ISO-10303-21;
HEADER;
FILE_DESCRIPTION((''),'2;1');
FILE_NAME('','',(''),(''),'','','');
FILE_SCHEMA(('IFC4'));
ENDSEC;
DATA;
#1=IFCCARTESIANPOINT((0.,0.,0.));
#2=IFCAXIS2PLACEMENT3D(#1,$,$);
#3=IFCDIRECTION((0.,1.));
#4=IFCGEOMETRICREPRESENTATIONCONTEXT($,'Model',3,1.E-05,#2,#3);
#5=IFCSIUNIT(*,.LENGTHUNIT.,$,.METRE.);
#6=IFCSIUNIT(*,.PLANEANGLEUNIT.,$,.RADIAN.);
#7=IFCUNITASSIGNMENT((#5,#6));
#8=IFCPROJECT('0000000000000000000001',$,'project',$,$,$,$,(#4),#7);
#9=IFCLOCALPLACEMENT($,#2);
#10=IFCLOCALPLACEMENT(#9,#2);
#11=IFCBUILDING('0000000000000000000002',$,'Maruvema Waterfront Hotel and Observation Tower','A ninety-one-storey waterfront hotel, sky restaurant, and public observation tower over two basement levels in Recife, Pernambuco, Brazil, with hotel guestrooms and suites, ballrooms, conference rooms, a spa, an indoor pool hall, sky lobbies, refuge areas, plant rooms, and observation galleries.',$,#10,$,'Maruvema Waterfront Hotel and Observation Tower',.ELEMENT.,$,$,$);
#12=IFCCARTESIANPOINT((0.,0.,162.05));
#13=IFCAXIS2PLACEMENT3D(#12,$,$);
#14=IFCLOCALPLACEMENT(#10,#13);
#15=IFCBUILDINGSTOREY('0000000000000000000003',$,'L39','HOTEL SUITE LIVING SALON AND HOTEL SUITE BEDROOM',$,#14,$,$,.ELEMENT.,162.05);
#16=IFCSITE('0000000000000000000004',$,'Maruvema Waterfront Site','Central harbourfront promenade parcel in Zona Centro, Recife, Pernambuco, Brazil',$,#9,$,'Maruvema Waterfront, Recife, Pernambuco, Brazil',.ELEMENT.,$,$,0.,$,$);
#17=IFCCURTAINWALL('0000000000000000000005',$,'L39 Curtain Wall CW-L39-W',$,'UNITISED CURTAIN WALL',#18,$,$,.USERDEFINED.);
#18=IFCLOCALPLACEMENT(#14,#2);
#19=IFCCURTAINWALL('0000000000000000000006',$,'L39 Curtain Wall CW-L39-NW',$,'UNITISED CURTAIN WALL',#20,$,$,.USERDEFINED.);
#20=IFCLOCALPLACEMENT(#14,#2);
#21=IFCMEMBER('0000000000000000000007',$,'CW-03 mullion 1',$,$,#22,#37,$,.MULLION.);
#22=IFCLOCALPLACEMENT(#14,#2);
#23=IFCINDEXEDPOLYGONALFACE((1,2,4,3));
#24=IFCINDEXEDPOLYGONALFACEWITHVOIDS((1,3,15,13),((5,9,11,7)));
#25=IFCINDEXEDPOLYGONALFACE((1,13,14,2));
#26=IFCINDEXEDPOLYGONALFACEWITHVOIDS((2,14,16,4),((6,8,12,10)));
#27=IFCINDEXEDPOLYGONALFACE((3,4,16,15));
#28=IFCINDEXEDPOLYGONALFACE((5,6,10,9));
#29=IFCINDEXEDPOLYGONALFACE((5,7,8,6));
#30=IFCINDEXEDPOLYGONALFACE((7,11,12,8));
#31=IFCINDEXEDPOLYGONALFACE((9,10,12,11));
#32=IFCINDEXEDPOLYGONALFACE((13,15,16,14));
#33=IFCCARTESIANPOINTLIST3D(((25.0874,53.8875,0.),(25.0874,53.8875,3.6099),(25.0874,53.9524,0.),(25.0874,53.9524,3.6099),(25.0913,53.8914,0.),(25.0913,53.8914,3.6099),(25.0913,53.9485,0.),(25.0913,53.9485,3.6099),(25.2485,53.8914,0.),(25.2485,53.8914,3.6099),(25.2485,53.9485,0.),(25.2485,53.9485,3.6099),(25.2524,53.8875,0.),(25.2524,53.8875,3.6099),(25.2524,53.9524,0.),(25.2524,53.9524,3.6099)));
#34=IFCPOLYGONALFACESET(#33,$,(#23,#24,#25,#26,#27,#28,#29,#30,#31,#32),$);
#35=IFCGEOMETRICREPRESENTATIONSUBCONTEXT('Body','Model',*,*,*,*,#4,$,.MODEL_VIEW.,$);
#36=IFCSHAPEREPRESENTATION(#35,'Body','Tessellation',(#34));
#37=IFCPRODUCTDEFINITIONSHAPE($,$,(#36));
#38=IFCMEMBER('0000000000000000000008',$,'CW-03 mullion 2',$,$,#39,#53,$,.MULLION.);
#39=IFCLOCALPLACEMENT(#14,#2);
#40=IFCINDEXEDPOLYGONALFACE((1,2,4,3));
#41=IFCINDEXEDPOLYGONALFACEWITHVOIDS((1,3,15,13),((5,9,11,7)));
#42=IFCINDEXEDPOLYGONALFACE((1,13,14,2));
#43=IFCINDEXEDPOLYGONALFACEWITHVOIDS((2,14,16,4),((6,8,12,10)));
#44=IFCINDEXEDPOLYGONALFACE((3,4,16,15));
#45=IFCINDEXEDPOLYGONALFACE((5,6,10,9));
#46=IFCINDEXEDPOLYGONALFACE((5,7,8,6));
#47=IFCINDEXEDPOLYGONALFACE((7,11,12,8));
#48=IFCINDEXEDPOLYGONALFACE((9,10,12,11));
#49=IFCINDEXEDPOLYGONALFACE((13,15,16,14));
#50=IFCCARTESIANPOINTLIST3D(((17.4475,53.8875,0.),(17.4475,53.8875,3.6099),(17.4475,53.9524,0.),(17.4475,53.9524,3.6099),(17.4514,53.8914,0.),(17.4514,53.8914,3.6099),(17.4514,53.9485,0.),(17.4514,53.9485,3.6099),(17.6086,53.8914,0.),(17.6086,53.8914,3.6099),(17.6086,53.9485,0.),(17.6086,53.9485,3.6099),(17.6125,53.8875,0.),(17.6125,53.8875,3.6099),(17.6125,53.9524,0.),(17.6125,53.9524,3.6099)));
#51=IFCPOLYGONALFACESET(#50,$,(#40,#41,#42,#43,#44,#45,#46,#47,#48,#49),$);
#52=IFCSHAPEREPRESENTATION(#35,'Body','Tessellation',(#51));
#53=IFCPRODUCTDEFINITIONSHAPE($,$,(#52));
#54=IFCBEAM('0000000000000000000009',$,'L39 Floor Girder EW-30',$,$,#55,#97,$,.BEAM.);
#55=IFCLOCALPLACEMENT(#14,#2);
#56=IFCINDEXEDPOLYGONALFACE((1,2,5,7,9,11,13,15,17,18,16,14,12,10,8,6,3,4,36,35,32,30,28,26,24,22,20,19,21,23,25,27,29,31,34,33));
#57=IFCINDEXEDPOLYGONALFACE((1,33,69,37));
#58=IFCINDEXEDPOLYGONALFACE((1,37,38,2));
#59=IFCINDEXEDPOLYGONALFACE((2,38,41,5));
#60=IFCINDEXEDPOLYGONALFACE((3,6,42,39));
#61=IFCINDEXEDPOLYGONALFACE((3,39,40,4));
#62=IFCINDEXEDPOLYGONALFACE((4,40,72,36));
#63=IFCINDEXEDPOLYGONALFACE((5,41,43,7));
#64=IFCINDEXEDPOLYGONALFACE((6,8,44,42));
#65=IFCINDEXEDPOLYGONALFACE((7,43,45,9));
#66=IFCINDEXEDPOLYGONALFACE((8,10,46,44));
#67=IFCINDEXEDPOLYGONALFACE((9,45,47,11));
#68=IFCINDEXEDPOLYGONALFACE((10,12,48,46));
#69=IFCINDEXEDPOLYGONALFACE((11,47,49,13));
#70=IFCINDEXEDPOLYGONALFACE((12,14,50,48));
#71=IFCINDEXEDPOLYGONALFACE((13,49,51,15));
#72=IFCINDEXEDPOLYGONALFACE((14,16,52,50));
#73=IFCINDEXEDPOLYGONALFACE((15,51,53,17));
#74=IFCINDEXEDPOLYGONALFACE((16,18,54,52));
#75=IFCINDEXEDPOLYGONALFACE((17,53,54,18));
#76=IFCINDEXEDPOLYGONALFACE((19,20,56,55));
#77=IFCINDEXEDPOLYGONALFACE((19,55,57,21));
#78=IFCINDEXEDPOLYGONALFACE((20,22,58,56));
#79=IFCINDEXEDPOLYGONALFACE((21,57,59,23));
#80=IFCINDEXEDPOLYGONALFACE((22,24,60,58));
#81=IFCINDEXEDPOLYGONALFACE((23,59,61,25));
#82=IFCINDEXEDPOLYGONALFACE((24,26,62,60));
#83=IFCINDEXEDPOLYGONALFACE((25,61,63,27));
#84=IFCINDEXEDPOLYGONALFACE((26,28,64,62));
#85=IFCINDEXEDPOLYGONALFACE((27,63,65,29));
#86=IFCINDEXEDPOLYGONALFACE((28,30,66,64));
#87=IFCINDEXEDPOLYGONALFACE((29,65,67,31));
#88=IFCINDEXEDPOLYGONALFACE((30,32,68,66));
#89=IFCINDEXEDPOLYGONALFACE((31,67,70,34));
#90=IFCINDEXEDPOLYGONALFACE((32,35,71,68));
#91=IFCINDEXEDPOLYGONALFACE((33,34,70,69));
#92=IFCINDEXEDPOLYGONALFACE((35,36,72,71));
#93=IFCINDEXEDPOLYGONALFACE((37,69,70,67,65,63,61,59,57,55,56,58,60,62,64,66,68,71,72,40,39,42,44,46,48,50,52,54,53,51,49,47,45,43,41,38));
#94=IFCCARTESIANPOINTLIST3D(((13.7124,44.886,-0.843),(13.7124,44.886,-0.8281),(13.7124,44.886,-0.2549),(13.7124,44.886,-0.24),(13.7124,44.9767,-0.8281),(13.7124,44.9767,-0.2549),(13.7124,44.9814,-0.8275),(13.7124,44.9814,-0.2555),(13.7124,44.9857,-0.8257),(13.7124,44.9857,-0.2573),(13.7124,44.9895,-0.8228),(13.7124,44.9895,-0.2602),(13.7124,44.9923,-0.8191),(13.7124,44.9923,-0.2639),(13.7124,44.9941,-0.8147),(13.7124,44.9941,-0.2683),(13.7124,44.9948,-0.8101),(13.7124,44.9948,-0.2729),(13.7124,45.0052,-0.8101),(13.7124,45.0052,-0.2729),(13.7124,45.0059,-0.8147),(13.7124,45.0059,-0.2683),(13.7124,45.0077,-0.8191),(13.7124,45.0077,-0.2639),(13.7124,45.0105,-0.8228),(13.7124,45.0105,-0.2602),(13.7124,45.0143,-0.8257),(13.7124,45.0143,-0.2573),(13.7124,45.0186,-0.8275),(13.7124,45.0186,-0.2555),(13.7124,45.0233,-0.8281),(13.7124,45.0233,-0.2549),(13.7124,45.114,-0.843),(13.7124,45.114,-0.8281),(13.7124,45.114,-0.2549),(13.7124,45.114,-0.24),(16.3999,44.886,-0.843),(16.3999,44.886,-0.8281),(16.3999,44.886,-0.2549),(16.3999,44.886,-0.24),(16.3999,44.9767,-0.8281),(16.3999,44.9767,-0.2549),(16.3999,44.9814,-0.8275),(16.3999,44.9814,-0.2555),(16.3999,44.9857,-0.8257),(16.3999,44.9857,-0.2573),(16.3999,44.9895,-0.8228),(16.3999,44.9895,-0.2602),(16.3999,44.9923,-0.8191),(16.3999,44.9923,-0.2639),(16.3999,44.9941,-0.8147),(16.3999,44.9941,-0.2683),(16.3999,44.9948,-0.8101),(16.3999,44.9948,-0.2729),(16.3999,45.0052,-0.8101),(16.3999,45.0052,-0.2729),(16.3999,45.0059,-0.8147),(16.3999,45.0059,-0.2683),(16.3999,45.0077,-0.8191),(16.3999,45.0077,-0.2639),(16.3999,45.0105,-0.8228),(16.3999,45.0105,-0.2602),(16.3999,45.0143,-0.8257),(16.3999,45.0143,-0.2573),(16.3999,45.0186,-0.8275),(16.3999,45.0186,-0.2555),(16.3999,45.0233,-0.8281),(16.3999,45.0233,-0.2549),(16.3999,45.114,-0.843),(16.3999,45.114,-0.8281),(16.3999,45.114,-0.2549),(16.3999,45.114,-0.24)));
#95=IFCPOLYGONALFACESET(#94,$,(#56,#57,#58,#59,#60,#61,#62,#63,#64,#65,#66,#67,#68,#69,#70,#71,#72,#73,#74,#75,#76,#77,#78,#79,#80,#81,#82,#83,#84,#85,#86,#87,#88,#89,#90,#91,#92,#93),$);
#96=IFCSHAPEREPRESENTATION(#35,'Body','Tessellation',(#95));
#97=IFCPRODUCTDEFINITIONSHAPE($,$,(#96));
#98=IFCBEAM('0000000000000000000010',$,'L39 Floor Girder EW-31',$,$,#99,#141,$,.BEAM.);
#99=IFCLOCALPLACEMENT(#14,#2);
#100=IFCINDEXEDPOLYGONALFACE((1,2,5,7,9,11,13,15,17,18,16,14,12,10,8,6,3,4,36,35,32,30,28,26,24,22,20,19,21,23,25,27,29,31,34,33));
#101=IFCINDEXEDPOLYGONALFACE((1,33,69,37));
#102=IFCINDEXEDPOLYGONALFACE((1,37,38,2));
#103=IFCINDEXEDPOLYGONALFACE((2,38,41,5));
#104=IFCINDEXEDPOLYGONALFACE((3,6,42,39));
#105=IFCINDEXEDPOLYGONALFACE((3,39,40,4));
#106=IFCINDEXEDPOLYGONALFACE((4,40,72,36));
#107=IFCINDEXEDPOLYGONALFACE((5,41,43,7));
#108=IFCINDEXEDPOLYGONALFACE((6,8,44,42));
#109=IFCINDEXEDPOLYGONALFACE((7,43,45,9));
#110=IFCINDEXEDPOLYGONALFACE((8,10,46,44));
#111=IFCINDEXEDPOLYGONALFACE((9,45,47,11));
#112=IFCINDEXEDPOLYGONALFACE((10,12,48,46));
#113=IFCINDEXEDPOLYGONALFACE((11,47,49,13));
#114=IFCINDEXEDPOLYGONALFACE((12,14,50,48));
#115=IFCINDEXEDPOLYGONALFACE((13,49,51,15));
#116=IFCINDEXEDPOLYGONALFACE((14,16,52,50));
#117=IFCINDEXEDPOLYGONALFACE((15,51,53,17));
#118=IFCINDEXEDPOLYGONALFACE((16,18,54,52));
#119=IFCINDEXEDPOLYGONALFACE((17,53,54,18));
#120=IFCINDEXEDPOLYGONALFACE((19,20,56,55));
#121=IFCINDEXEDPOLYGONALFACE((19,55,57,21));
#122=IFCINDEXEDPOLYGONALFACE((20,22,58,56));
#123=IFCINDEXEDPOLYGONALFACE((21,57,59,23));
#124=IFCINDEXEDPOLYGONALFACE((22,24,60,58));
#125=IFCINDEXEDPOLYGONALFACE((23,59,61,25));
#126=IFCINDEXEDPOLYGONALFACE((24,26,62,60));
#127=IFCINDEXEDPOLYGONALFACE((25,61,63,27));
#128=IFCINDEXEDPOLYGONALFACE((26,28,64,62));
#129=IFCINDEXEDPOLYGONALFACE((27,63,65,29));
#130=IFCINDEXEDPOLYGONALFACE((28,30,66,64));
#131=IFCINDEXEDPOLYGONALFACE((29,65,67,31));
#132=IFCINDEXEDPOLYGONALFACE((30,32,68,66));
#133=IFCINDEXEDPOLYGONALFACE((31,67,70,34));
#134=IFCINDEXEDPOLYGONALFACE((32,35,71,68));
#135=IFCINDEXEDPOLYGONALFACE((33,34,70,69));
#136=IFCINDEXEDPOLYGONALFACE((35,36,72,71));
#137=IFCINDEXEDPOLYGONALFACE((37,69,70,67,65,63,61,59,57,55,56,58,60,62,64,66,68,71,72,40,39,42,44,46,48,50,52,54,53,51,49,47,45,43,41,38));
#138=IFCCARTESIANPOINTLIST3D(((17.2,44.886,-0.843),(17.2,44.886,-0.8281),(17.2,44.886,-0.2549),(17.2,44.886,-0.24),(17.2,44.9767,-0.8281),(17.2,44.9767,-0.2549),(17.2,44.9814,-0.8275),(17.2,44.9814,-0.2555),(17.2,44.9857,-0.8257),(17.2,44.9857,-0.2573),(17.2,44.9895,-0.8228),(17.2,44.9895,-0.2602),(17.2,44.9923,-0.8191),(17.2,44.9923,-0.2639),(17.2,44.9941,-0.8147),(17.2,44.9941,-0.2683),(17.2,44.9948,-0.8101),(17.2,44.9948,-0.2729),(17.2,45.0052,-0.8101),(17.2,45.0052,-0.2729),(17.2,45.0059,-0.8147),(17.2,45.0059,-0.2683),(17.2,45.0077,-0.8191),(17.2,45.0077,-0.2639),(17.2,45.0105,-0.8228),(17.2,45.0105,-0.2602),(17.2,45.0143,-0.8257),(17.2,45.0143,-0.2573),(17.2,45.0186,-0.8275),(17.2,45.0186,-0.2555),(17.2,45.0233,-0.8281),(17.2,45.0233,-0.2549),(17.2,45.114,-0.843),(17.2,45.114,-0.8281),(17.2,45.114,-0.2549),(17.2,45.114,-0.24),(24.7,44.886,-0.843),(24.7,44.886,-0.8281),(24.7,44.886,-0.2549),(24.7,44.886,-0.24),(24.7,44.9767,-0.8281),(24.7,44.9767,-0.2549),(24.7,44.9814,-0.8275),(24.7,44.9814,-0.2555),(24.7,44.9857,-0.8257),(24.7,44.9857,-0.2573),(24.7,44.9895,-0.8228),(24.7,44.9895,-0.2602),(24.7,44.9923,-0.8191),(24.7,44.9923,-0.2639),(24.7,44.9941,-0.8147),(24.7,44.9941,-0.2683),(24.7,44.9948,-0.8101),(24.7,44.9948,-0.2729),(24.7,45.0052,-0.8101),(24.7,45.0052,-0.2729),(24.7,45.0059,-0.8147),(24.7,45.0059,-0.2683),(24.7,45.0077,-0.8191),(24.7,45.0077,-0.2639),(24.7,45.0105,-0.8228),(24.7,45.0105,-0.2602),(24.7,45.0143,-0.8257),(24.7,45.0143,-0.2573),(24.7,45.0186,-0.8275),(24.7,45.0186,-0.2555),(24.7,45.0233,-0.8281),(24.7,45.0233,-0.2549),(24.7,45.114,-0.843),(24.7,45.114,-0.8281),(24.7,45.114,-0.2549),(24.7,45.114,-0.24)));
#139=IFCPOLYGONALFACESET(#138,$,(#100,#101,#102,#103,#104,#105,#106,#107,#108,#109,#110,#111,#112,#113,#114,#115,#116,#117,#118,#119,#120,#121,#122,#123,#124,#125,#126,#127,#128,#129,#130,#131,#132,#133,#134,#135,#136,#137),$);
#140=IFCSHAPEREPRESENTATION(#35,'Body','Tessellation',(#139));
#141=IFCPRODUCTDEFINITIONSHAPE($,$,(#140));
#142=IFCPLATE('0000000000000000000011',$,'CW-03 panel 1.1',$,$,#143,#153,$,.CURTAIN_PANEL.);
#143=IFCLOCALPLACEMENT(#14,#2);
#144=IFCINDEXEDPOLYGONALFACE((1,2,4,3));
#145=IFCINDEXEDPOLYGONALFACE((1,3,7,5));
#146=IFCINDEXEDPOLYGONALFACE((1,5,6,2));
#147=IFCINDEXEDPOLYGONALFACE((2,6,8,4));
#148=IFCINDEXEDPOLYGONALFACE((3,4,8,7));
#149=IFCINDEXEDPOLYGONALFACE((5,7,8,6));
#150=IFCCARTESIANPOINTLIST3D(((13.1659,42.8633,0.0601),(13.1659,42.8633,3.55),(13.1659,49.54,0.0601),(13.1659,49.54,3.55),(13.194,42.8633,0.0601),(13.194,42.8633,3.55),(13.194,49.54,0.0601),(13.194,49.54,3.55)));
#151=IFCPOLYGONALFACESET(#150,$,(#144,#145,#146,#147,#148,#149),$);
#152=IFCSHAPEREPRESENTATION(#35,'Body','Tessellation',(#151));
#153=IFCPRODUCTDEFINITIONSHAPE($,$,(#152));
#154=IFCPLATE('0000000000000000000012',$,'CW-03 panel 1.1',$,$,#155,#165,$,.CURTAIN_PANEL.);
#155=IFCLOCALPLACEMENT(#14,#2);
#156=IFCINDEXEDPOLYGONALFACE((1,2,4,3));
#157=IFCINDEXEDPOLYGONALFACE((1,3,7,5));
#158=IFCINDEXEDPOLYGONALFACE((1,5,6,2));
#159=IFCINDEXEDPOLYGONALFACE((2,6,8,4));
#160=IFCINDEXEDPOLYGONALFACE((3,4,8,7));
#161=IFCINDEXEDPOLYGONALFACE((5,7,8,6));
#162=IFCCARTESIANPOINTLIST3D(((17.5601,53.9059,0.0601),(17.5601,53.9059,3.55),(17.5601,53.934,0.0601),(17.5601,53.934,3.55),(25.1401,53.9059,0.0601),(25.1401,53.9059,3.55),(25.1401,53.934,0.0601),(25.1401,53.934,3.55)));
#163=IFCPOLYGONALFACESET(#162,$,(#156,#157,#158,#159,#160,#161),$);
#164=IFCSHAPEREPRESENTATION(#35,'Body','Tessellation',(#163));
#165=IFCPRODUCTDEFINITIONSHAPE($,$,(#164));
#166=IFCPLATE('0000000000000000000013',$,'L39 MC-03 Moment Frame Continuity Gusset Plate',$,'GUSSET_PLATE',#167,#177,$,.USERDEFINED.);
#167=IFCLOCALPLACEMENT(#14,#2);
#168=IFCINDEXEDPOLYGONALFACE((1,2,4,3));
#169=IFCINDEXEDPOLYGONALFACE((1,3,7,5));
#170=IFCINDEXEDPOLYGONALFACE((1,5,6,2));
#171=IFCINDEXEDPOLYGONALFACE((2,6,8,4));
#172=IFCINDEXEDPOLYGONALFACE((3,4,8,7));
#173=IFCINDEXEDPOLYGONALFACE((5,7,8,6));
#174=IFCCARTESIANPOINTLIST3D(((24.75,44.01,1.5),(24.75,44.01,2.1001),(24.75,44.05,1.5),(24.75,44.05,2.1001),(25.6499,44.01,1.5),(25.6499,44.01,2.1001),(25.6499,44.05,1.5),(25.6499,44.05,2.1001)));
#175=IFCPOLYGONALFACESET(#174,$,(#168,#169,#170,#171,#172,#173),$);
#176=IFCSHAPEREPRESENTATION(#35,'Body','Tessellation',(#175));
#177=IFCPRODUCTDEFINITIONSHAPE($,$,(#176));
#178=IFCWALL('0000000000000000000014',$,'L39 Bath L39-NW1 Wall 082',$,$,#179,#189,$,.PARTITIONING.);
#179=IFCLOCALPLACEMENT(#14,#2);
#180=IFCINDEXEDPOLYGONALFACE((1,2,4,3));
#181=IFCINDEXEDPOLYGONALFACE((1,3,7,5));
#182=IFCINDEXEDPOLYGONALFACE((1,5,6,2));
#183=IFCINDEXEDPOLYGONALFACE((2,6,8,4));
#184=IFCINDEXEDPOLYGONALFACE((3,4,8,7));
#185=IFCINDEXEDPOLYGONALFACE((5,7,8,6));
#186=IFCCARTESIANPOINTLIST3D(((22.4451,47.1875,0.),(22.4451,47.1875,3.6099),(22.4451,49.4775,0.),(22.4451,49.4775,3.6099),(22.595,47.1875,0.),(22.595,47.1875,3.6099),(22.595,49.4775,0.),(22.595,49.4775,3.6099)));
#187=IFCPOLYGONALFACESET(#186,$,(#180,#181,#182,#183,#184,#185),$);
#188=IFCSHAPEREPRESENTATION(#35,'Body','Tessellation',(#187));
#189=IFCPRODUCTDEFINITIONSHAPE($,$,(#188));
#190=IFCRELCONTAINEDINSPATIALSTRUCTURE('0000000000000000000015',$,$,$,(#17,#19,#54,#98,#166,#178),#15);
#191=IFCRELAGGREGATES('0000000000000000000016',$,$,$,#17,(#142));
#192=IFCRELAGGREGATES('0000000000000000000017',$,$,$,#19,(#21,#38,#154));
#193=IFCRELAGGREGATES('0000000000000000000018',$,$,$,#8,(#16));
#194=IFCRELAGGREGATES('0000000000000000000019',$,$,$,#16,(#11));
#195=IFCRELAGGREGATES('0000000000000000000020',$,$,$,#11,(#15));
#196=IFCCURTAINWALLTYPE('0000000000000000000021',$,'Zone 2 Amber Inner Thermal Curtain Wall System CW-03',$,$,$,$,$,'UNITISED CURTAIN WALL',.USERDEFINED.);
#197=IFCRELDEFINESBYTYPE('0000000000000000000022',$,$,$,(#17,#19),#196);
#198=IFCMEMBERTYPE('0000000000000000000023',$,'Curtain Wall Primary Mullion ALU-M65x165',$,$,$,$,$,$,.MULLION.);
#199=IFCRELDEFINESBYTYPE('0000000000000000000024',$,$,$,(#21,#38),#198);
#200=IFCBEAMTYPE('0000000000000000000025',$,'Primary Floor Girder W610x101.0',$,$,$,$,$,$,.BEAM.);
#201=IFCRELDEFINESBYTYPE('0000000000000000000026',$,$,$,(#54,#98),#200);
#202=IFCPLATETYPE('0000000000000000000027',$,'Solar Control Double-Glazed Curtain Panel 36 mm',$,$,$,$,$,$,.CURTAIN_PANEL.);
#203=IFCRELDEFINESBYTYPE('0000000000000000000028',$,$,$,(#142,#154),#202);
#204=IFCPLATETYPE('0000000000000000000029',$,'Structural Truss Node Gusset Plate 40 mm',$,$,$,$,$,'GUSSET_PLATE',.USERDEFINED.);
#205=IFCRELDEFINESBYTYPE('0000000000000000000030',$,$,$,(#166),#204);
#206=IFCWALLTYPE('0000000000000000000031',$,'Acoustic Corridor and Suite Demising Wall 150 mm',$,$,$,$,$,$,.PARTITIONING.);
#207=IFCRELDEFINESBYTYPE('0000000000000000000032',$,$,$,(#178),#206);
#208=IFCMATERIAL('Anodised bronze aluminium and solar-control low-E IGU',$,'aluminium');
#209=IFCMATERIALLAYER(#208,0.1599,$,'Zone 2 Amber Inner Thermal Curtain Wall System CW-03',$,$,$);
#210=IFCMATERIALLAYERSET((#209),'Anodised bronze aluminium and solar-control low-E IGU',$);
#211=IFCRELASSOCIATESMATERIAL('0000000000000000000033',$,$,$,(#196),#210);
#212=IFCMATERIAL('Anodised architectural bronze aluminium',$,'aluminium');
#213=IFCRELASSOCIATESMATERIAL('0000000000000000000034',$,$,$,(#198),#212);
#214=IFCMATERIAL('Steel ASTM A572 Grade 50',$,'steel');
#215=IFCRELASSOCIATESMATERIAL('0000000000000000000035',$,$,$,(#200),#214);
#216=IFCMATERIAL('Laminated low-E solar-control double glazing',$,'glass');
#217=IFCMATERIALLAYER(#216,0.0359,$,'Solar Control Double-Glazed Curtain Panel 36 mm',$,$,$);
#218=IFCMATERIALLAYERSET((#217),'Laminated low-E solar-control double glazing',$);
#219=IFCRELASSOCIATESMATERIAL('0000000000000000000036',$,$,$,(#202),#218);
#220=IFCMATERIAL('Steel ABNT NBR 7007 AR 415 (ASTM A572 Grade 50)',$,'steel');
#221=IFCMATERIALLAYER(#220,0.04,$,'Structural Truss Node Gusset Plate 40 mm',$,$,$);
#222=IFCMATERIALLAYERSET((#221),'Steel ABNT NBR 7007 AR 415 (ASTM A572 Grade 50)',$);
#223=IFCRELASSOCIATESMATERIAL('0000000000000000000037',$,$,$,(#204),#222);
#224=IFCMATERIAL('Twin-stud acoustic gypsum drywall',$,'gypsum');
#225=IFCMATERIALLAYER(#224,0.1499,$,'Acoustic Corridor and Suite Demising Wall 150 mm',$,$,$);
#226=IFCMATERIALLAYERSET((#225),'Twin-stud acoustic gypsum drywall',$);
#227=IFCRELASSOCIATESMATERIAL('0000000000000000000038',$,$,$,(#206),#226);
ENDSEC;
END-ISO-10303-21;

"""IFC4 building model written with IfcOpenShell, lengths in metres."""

from ifc_helpers import new_model, si_unit, direction, frame, frame_2d, origin, origin_2d, place, context, subcontext, project, spatial, rectangle, hollow_rectangle, i_section, extrude, material, layer, layer_set, material_profile, profile_set, type_object, element, aggregate, save


model = new_model("IFC4")

# Units and contexts
model_context = context("Model", 3, precision=1e-05, world=origin(), true_north=direction((0.0, 1.0)))
body_context = subcontext(model_context, "Body", "Model", "MODEL_VIEW")
ifc_project = project(units=[si_unit("LENGTHUNIT", "METRE"), si_unit("PLANEANGLEUNIT", "RADIAN")], contexts=[model_context])

# Site, building, storey
site_placement = place(None, origin())
site = spatial("IfcSite", under=ifc_project, at=site_placement, Name="Maruvema Waterfront Site", Description="Central harbourfront promenade parcel in Zona Centro, Recife, Pernambuco, Brazil", LongName="Maruvema Waterfront, Recife, Pernambuco, Brazil", CompositionType="ELEMENT", RefElevation=0.0)
building_placement = place(site_placement, origin())
building = spatial("IfcBuilding", under=site, at=building_placement, Name="Maruvema Waterfront Hotel and Observation Tower", Description="A ninety-one-storey waterfront hotel, sky restaurant, and public observation tower over two basement levels in Recife, Pernambuco, Brazil, with hotel guestrooms and suites, ballrooms, conference rooms, a spa, an indoor pool hall, sky lobbies, refuge areas, plant rooms, and observation galleries.", LongName="Maruvema Waterfront Hotel and Observation Tower", CompositionType="ELEMENT")
storey_placement = place(building_placement, frame((0.0, 0.0, 162.05)))
storey = spatial("IfcBuildingStorey", under=building, at=storey_placement, Name="L39", Description="HOTEL SUITE LIVING SALON AND HOTEL SUITE BEDROOM", CompositionType="ELEMENT", Elevation=162.05)

# Curtain walls
ifc_material_1 = material(Name="Anodised bronze aluminium and solar-control low-E IGU", Category="aluminium")
ifc_layer_1 = layer(ifc_material_1, 0.1599, Name="Zone 2 Amber Inner Thermal Curtain Wall System CW-03")
ifc_layer_set_1 = layer_set([ifc_layer_1], Name="Anodised bronze aluminium and solar-control low-E IGU")
curtain_wall_type = type_object("IfcCurtainWallType", Name="Zone 2 Amber Inner Thermal Curtain Wall System CW-03", ElementType="UNITISED CURTAIN WALL", PredefinedType="USERDEFINED", material=ifc_layer_set_1)
curtain_wall_1_placement = place(storey_placement, origin())
curtain_wall_1 = element("IfcCurtainWall", 1, at=curtain_wall_1_placement, inside=storey, type_object=curtain_wall_type, Name="L39 Curtain Wall CW-L39-W", ObjectType="UNITISED CURTAIN WALL", PredefinedType="USERDEFINED")
curtain_wall_2_placement = place(storey_placement, origin())
curtain_wall_2 = element("IfcCurtainWall", 2, at=curtain_wall_2_placement, inside=storey, type_object=curtain_wall_type, Name="L39 Curtain Wall CW-L39-NW", ObjectType="UNITISED CURTAIN WALL", PredefinedType="USERDEFINED")

# Members
ifc_material_2 = material(Name="Anodised architectural bronze aluminium", Category="aluminium")
ifc_material_profile_1 = material_profile(ifc_material_2, hollow_rectangle(XDim=0.0649, YDim=0.165, WallThickness=0.0039, at=origin_2d()), Name="ALU-M65x165")
ifc_profile_set_1 = profile_set([ifc_material_profile_1], Name="Anodised architectural bronze aluminium")
member_type_1 = type_object("IfcMemberType", Name="Curtain Wall Primary Mullion ALU-M65x165", PredefinedType="MULLION", material=ifc_profile_set_1)
member_1_placement = place(storey_placement, frame((25.1699, 53.9199, 0.0), z_axis=(0.0, 0.0, 1.0), x_axis=(0.0, -1.0, 0.0)))
member_1 = element("IfcMember", 3, at=member_1_placement, type_object=member_type_1, Name="CW-03 mullion 1", PredefinedType="MULLION", context=body_context, shape_type="SweptSolid", body=[
    extrude(hollow_rectangle(XDim=0.0649, YDim=0.165, WallThickness=0.0039, at=origin_2d()), origin(), (0.0, 0.0, 1.0), 3.6099),
])
member_2_placement = place(storey_placement, frame((17.53, 53.9199, 0.0), z_axis=(0.0, 0.0, 1.0), x_axis=(0.0, -1.0, 0.0)))
member_2 = element("IfcMember", 4, at=member_2_placement, type_object=member_type_1, Name="CW-03 mullion 2", PredefinedType="MULLION", context=body_context, shape_type="SweptSolid", body=[
    extrude(hollow_rectangle(XDim=0.0649, YDim=0.165, WallThickness=0.0039, at=origin_2d()), origin(), (0.0, 0.0, 1.0), 3.6099),
])

# Beams
ifc_material_3 = material(Name="Steel ASTM A572 Grade 50", Category="steel")
ifc_material_profile_2 = material_profile(ifc_material_3, i_section(OverallWidth=0.228, OverallDepth=0.603, WebThickness=0.0105, FlangeThickness=0.0149, FilletRadius=0.0181, at=origin_2d()), Name="W610x101.0")
ifc_profile_set_2 = profile_set([ifc_material_profile_2], Name="Steel ASTM A572 Grade 50")
beam_type = type_object("IfcBeamType", Name="Primary Floor Girder W610x101.0", PredefinedType="BEAM", material=ifc_profile_set_2)
beam_1_placement = place(storey_placement, frame((13.7124, 45.0, -0.5415), z_axis=(1.0, 0.0, 0.0), x_axis=(0.0, 1.0, 0.0)))
element("IfcBeam", 5, at=beam_1_placement, inside=storey, type_object=beam_type, Name="L39 Floor Girder EW-30", PredefinedType="BEAM", context=body_context, shape_type="SweptSolid", body=[
    extrude(i_section(OverallWidth=0.228, OverallDepth=0.603, WebThickness=0.0105, FlangeThickness=0.0149, FilletRadius=0.0181, at=origin_2d()), origin(), (0.0, 0.0, 1.0), 2.6875),
])
beam_2_placement = place(storey_placement, frame((17.2, 45.0, -0.5415), z_axis=(1.0, 0.0, 0.0), x_axis=(0.0, 1.0, 0.0)))
element("IfcBeam", 6, at=beam_2_placement, inside=storey, type_object=beam_type, Name="L39 Floor Girder EW-31", PredefinedType="BEAM", context=body_context, shape_type="SweptSolid", body=[
    extrude(i_section(OverallWidth=0.228, OverallDepth=0.603, WebThickness=0.0105, FlangeThickness=0.0149, FilletRadius=0.0181, at=origin_2d()), origin(), (0.0, 0.0, 1.0), 7.5),
])

# Plates
ifc_material_4 = material(Name="Laminated low-E solar-control double glazing", Category="glass")
ifc_layer_2 = layer(ifc_material_4, 0.0359, Name="Solar Control Double-Glazed Curtain Panel 36 mm")
ifc_layer_set_2 = layer_set([ifc_layer_2], Name="Laminated low-E solar-control double glazing")
plate_type_1 = type_object("IfcPlateType", Name="Solar Control Double-Glazed Curtain Panel 36 mm", PredefinedType="CURTAIN_PANEL", material=ifc_layer_set_2)
plate_1_placement = place(storey_placement, frame((13.1799, 46.2017, 0.0601), z_axis=(0.0, 0.0, 1.0), x_axis=(0.0, -1.0, 0.0)))
plate_1 = element("IfcPlate", 7, at=plate_1_placement, type_object=plate_type_1, Name="CW-03 panel 1.1", PredefinedType="CURTAIN_PANEL", context=body_context, shape_type="SweptSolid", body=[
    extrude(rectangle(XDim=6.6768, YDim=0.0281, at=origin_2d()), origin(), (0.0, 0.0, 1.0), 3.49),
])
aggregate(curtain_wall_1, [plate_1])
plate_2_placement = place(storey_placement, frame((21.3501, 53.9199, 0.0601), z_axis=(0.0, 0.0, 1.0), x_axis=(-1.0, 0.0, 0.0)))
plate_2 = element("IfcPlate", 8, at=plate_2_placement, type_object=plate_type_1, Name="CW-03 panel 1.1", PredefinedType="CURTAIN_PANEL", context=body_context, shape_type="SweptSolid", body=[
    extrude(rectangle(XDim=7.5801, YDim=0.0281, at=origin_2d()), origin(), (0.0, 0.0, 1.0), 3.49),
])
aggregate(curtain_wall_2, [member_1, member_2, plate_2])
ifc_material_5 = material(Name="Steel ABNT NBR 7007 AR 415 (ASTM A572 Grade 50)", Category="steel")
ifc_layer_3 = layer(ifc_material_5, 0.04, Name="Structural Truss Node Gusset Plate 40 mm")
ifc_layer_set_3 = layer_set([ifc_layer_3], Name="Steel ABNT NBR 7007 AR 415 (ASTM A572 Grade 50)")
plate_type_2 = type_object("IfcPlateType", Name="Structural Truss Node Gusset Plate 40 mm", ElementType="GUSSET_PLATE", PredefinedType="USERDEFINED", material=ifc_layer_set_3)
plate_3_placement = place(storey_placement, frame((25.2, 44.03, 1.5), z_axis=(0.0, 0.0, 1.0), x_axis=(1.0, 0.0, 0.0)))
element("IfcPlate", 9, at=plate_3_placement, inside=storey, type_object=plate_type_2, Name="L39 MC-03 Moment Frame Continuity Gusset Plate", ObjectType="GUSSET_PLATE", PredefinedType="USERDEFINED", context=body_context, shape_type="SweptSolid", body=[
    extrude(rectangle(XDim=0.8999, YDim=0.04, at=origin_2d()), origin(), (0.0, 0.0, 1.0), 0.6001),
])

# Wall
ifc_material_6 = material(Name="Twin-stud acoustic gypsum drywall", Category="gypsum")
ifc_layer_4 = layer(ifc_material_6, 0.1499, Name="Acoustic Corridor and Suite Demising Wall 150 mm")
ifc_layer_set_4 = layer_set([ifc_layer_4], Name="Twin-stud acoustic gypsum drywall")
wall_type_1 = type_object("IfcWallType", Name="Acoustic Corridor and Suite Demising Wall 150 mm", PredefinedType="PARTITIONING", material=ifc_layer_set_4)
wall_1_placement = place(storey_placement, frame((22.52, 47.1875, 0.0), z_axis=(0.0, 0.0, 1.0), x_axis=(0.0, 1.0, 0.0)))
element("IfcWall", 10, at=wall_1_placement, inside=storey, type_object=wall_type_1, Name="L39 Bath L39-NW1 Wall 082", PredefinedType="PARTITIONING", context=body_context, shape_type="SweptSolid", body=[
    extrude(rectangle(XDim=2.29, YDim=0.1499, at=frame_2d((1.145, 0.0))), origin(), (0.0, 0.0, 1.0), 3.6099),
])

save(model, "model.ifc")
